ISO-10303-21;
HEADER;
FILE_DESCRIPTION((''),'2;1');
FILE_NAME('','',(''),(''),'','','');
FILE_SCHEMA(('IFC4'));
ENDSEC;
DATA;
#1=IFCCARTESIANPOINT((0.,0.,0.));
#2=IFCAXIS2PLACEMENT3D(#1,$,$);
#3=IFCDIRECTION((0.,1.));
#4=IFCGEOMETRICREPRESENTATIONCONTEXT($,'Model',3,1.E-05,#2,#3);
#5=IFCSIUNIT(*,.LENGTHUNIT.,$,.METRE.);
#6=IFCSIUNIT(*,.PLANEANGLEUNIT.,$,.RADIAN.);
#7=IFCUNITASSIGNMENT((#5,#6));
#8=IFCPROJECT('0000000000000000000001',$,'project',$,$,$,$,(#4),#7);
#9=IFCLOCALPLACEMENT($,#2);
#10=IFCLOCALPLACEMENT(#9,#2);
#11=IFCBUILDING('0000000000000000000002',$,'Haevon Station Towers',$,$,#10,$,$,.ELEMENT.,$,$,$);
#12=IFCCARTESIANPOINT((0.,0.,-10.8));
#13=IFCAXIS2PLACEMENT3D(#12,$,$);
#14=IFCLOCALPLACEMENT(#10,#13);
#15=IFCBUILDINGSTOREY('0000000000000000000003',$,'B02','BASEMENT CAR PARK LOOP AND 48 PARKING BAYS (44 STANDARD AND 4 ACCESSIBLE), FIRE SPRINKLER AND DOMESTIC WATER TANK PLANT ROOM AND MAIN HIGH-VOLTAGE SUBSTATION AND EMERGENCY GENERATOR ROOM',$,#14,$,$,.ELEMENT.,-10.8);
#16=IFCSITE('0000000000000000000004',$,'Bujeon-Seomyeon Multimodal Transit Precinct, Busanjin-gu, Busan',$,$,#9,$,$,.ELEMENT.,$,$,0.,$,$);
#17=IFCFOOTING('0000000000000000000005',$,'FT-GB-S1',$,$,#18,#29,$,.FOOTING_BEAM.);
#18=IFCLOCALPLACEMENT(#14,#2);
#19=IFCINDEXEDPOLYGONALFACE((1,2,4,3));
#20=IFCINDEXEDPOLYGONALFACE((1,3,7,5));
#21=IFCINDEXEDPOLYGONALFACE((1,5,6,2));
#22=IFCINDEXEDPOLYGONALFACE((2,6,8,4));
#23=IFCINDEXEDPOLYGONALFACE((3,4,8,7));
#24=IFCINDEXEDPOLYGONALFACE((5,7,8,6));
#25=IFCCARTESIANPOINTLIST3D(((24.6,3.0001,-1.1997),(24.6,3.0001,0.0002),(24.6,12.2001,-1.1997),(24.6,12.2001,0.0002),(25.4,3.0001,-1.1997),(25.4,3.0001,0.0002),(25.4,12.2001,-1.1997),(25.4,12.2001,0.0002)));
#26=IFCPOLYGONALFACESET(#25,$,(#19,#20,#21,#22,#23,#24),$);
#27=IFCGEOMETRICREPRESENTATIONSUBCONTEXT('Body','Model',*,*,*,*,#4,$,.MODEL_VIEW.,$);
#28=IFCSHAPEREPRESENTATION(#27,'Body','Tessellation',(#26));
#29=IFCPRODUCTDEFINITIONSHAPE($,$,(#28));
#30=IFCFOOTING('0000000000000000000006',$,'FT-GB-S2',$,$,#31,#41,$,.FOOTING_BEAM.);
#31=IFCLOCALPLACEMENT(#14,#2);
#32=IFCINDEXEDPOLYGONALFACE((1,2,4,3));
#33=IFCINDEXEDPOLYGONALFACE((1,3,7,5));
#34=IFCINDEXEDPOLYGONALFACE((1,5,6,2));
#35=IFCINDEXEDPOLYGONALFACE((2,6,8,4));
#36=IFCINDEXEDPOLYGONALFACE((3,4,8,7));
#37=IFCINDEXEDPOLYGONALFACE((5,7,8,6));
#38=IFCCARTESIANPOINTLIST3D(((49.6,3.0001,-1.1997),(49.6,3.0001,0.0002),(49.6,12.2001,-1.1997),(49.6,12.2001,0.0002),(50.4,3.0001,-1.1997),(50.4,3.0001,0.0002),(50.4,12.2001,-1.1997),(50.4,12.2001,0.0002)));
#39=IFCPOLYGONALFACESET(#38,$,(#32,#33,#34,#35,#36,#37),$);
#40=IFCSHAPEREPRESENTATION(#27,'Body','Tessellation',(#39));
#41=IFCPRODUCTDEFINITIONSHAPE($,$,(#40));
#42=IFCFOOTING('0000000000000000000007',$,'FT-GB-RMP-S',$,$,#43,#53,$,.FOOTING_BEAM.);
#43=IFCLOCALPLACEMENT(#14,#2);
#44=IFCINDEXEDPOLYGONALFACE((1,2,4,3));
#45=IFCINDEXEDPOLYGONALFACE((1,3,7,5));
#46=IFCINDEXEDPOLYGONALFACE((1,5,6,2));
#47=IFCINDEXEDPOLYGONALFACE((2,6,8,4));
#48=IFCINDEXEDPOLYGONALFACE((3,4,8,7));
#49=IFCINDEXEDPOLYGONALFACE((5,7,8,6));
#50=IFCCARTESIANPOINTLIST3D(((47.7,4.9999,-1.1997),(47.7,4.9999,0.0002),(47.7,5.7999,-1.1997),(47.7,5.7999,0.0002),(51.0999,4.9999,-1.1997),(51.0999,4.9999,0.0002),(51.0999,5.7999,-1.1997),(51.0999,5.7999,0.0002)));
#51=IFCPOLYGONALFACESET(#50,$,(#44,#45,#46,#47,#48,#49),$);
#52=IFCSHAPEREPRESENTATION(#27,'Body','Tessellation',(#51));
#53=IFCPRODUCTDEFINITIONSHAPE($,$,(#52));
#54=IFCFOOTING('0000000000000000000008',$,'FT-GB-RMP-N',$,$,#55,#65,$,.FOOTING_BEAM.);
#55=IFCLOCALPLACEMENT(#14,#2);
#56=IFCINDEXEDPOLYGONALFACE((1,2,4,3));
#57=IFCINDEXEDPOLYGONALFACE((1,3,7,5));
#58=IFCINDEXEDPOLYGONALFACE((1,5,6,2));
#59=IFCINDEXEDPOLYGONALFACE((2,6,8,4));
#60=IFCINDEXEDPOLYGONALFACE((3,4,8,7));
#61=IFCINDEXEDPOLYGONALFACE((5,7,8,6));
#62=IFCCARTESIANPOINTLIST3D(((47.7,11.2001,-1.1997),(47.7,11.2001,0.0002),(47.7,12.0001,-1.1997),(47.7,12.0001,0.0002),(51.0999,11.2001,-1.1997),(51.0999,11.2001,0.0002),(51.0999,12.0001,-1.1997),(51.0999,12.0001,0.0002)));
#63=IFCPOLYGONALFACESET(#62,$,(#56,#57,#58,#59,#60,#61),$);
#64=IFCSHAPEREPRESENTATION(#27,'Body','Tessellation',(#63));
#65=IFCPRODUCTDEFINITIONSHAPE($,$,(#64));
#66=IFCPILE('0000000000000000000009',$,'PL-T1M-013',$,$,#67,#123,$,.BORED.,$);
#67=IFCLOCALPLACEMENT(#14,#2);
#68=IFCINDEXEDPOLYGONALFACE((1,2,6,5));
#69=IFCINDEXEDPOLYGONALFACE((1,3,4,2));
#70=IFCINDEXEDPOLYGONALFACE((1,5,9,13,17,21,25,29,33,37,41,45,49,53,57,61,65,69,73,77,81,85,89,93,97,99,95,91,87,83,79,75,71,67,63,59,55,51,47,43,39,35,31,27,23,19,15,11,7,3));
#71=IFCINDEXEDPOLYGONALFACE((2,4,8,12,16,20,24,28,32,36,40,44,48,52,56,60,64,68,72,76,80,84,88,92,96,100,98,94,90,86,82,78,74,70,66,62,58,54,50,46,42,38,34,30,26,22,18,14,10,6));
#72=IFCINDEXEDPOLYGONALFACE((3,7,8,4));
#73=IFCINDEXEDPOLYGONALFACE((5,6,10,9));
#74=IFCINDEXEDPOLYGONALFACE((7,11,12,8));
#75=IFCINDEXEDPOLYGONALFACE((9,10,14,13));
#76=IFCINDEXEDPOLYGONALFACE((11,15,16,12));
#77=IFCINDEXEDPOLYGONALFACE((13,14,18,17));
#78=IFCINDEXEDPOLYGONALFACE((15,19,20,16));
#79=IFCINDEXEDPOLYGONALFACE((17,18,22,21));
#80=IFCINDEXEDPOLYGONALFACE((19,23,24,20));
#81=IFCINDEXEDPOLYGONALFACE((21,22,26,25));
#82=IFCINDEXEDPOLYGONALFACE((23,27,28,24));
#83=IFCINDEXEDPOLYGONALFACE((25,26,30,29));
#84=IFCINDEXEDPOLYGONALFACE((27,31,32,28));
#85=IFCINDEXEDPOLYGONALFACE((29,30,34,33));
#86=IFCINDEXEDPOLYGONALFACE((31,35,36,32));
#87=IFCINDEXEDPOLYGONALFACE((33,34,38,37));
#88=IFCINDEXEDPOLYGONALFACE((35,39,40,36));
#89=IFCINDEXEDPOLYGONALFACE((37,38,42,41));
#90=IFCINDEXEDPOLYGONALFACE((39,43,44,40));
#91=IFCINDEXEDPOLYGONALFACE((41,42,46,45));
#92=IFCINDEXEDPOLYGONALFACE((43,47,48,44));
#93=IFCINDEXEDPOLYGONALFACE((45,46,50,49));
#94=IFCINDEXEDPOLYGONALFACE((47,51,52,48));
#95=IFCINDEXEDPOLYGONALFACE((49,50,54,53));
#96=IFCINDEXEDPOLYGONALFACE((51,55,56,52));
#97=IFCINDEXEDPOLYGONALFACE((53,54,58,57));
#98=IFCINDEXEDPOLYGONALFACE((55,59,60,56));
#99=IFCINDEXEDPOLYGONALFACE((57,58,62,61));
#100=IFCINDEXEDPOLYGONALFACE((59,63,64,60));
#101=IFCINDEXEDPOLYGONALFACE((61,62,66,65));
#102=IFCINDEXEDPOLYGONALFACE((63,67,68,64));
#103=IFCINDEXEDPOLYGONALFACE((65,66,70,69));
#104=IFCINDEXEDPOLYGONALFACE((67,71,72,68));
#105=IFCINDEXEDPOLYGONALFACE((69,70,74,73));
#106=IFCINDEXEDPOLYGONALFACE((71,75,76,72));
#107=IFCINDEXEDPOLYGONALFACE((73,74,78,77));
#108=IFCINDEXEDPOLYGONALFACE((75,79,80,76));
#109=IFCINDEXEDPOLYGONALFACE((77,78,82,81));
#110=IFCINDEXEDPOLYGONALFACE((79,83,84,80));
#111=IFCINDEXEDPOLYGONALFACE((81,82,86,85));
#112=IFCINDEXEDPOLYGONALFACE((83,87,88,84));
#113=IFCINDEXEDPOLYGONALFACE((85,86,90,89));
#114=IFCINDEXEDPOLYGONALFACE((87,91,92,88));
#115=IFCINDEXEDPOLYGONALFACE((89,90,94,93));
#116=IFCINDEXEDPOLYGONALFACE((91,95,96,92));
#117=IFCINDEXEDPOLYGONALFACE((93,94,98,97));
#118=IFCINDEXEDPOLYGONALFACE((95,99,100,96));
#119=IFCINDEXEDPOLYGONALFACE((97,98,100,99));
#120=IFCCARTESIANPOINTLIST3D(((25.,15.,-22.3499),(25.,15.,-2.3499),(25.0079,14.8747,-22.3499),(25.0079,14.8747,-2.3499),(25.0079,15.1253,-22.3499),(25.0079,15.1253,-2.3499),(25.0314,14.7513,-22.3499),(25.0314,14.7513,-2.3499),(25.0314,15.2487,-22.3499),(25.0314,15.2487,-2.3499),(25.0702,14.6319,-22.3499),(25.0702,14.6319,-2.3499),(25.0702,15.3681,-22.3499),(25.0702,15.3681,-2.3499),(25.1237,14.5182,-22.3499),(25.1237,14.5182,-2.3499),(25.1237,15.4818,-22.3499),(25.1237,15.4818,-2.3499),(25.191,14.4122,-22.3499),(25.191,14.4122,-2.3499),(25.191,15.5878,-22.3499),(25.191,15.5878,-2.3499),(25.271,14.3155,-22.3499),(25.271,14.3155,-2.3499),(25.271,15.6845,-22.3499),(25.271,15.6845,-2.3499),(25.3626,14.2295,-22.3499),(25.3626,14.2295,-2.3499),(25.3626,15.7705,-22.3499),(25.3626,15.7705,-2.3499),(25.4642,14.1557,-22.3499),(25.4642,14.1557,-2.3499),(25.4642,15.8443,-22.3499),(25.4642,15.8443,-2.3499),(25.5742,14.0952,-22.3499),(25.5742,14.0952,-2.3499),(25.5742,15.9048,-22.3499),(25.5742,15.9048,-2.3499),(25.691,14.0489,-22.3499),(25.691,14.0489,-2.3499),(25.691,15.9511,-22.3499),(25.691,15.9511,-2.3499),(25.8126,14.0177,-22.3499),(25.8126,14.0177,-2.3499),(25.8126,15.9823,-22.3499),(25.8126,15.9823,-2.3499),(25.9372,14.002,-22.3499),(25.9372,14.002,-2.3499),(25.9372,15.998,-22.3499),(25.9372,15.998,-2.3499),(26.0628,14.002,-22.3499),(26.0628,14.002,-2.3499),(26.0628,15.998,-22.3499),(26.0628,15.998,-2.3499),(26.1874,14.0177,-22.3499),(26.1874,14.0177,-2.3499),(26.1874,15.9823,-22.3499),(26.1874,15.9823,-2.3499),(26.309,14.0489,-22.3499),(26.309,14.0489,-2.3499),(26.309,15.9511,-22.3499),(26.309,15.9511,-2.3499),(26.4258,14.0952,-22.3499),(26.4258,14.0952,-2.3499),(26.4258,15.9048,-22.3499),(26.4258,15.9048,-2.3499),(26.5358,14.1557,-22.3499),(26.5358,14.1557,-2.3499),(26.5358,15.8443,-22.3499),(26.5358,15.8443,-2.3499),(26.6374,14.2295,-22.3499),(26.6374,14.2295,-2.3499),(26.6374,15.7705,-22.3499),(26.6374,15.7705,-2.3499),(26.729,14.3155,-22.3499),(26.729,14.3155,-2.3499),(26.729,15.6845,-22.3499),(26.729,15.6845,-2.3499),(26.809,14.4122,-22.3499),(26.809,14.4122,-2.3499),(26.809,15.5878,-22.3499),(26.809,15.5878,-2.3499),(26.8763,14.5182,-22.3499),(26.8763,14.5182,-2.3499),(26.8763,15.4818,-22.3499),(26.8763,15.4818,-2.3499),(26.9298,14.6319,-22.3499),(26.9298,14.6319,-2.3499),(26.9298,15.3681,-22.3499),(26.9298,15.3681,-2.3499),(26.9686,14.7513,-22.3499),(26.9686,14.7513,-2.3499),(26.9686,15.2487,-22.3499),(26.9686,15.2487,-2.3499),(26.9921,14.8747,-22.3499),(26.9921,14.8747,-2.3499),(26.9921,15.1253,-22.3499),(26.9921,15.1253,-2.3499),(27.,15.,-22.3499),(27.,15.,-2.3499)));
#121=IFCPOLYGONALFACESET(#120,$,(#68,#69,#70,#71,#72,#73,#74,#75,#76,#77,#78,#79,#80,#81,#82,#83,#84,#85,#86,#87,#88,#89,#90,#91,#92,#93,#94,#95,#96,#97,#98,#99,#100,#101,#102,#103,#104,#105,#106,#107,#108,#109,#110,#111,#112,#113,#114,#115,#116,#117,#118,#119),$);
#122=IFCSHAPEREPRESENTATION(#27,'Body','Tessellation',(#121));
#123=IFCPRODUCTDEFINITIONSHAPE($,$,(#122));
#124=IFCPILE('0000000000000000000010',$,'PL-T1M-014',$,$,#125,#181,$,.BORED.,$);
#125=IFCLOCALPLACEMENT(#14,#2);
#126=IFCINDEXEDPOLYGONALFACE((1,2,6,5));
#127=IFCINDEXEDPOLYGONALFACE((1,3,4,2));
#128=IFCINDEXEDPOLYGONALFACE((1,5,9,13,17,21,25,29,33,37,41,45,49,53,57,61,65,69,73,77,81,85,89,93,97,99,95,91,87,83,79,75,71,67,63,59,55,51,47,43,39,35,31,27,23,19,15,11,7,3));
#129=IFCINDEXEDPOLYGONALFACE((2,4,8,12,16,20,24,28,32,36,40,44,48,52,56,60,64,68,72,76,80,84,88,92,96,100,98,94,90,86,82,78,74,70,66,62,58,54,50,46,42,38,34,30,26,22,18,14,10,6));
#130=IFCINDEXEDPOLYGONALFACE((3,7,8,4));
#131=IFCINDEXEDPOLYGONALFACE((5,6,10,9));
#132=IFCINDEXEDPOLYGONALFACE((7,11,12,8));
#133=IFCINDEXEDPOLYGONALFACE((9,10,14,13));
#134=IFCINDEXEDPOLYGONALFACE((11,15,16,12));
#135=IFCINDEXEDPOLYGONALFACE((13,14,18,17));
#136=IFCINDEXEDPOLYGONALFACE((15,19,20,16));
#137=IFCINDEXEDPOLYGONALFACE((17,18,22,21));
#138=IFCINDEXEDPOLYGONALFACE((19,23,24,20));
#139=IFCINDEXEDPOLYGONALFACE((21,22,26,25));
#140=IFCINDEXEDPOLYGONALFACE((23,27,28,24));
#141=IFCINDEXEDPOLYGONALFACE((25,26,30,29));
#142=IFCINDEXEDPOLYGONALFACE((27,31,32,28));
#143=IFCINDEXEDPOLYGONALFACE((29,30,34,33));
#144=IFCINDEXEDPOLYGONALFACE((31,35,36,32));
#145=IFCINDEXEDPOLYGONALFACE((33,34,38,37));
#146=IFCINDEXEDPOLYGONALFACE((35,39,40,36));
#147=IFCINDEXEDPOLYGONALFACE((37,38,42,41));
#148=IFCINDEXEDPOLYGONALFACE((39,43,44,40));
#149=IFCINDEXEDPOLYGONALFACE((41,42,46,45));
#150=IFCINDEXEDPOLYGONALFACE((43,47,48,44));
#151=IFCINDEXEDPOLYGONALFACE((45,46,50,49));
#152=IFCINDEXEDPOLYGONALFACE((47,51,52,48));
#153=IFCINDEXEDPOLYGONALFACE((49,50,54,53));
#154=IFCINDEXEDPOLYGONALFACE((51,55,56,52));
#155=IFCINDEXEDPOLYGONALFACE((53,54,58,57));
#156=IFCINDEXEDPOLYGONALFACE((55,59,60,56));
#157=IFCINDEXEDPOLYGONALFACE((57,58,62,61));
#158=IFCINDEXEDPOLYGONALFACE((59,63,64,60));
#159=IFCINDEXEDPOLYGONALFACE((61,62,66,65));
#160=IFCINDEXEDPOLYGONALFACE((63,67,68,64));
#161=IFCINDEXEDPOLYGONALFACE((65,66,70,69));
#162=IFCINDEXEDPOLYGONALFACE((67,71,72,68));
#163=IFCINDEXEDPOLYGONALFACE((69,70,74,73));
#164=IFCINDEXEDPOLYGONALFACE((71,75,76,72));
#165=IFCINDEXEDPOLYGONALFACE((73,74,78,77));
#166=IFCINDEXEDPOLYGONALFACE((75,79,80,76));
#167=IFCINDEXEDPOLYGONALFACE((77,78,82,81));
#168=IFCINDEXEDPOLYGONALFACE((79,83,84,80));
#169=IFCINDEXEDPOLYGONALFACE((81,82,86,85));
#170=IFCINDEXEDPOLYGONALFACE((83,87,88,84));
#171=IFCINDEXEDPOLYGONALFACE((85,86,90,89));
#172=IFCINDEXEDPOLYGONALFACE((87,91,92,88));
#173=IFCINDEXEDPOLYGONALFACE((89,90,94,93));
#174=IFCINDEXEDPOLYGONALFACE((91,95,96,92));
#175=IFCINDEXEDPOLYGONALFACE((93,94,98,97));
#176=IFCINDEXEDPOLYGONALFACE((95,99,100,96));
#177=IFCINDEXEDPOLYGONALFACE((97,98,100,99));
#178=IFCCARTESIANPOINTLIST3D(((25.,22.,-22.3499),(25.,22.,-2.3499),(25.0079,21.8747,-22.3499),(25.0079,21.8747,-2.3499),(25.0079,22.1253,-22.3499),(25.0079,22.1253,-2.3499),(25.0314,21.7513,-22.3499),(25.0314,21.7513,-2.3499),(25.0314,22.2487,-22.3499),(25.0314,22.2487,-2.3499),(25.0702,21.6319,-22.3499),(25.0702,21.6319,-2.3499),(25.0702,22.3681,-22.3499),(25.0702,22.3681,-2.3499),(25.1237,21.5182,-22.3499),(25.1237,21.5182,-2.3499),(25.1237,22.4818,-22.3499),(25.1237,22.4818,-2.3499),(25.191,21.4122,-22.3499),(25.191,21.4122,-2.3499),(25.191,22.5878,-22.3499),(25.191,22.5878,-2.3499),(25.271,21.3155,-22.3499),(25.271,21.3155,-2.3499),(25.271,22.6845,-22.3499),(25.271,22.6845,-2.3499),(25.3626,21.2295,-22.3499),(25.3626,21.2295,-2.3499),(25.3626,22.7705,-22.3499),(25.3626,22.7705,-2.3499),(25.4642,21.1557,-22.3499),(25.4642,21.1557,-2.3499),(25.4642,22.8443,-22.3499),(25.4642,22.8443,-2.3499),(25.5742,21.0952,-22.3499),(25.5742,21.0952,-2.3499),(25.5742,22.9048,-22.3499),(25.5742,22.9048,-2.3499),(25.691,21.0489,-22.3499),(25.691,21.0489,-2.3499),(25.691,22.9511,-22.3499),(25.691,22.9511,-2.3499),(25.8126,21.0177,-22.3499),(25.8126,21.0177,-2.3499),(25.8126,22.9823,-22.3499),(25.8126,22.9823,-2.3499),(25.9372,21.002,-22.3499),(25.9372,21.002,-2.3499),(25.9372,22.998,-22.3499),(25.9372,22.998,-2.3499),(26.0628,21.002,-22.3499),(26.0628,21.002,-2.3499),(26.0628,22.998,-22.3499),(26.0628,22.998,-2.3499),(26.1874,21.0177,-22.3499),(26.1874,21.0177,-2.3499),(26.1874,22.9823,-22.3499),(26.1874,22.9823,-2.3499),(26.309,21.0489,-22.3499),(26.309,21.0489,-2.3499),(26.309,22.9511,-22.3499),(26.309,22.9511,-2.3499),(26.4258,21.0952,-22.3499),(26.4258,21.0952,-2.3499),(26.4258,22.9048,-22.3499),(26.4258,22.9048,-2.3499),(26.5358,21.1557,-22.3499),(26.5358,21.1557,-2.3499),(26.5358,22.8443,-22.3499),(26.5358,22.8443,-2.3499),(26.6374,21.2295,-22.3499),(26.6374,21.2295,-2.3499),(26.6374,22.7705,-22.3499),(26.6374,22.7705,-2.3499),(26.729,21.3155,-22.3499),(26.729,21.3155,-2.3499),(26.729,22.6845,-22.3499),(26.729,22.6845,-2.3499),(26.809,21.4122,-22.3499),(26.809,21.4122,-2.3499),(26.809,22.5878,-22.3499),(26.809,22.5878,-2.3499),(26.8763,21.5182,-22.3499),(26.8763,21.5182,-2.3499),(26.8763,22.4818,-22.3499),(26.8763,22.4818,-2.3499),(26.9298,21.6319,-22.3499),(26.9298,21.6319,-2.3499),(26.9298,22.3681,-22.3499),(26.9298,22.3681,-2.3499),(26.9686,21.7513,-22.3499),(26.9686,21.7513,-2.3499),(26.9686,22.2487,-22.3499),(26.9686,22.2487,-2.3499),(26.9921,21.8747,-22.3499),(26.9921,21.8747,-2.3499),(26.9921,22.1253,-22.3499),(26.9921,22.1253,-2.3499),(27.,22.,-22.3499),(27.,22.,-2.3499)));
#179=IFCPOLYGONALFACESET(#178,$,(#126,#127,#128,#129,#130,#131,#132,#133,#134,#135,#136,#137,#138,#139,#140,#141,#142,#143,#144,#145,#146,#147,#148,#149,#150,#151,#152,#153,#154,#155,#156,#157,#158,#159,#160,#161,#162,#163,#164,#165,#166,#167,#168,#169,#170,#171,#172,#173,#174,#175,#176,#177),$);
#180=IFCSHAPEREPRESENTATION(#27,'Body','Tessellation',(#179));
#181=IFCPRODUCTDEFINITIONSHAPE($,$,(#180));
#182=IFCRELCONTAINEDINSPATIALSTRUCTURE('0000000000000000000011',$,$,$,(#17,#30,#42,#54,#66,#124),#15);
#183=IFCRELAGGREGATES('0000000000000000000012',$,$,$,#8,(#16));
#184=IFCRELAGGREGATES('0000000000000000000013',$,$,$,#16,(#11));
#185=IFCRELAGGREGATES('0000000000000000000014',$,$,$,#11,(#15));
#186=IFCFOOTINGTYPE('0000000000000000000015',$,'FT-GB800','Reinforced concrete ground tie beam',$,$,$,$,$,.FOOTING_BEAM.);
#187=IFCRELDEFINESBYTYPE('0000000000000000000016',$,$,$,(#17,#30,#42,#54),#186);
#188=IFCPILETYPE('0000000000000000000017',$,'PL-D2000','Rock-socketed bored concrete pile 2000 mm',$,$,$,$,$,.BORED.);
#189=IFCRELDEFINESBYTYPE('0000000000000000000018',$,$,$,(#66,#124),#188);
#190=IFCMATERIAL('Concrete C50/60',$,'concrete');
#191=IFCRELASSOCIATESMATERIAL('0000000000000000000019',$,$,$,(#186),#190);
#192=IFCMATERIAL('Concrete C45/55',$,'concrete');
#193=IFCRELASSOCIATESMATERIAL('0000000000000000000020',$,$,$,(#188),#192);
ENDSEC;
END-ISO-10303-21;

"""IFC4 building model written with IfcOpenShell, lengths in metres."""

from ifc_helpers import new_model, si_unit, direction, frame, origin, origin_2d, place, context, subcontext, project, spatial, rectangle, circle, extrude, material, material_profile, profile_set, type_object, element, save


model = new_model("IFC4")

# Units and contexts
model_context = context("Model", 3, precision=1e-05, world=origin(), true_north=direction((0.0, 1.0)))
body_context = subcontext(model_context, "Body", "Model", "MODEL_VIEW")
ifc_project = project(units=[si_unit("LENGTHUNIT", "METRE"), si_unit("PLANEANGLEUNIT", "RADIAN")], contexts=[model_context])

# Site, building, storey
site_placement = place(None, origin())
site = spatial("IfcSite", under=ifc_project, at=site_placement, Name="Bujeon-Seomyeon Multimodal Transit Precinct, Busanjin-gu, Busan", CompositionType="ELEMENT", RefElevation=0.0)
building_placement = place(site_placement, origin())
building = spatial("IfcBuilding", under=site, at=building_placement, Name="Haevon Station Towers", CompositionType="ELEMENT")
storey_placement = place(building_placement, frame((0.0, 0.0, -10.8)))
storey = spatial("IfcBuildingStorey", under=building, at=storey_placement, Name="B02", Description="BASEMENT CAR PARK LOOP AND 48 PARKING BAYS (44 STANDARD AND 4 ACCESSIBLE), FIRE SPRINKLER AND DOMESTIC WATER TANK PLANT ROOM AND MAIN HIGH-VOLTAGE SUBSTATION AND EMERGENCY GENERATOR ROOM", CompositionType="ELEMENT", Elevation=-10.8)

# Footings
ifc_material_1 = material(Name="Concrete C50/60", Category="concrete")
footing_type = type_object("IfcFootingType", Name="FT-GB800", Description="Reinforced concrete ground tie beam", PredefinedType="FOOTING_BEAM", material=ifc_material_1)
for number, where, z_axis, x_axis, name in (
    (1, (25.0, 7.6001, -1.1997), (0.0, 0.0, 1.0), (0.0, 1.0, 0.0), "FT-GB-S1"),
    (2, (50.0, 7.6001, -1.1997), (0.0, 0.0, 1.0), (0.0, 1.0, 0.0), "FT-GB-S2"),
):
    element("IfcFooting", number, at=place(storey_placement, frame(where, z_axis=z_axis, x_axis=x_axis)), inside=storey, type_object=footing_type, Name=name, PredefinedType="FOOTING_BEAM", context=body_context, shape_type="SweptSolid", body=[
        extrude(rectangle(XDim=9.2, YDim=0.8, at=origin_2d()), origin(), (0.0, 0.0, 1.0), 1.2),
    ])
for number, where, z_axis, x_axis, name in (
    (3, (49.3999, 5.3999, -1.1997), (0.0, 0.0, 1.0), (1.0, 0.0, 0.0), "FT-GB-RMP-S"),
    (4, (49.3999, 11.6001, -1.1997), (0.0, 0.0, 1.0), (1.0, 0.0, 0.0), "FT-GB-RMP-N"),
):
    element("IfcFooting", number, at=place(storey_placement, frame(where, z_axis=z_axis, x_axis=x_axis)), inside=storey, type_object=footing_type, Name=name, PredefinedType="FOOTING_BEAM", context=body_context, shape_type="SweptSolid", body=[
        extrude(rectangle(XDim=3.3999, YDim=0.8, at=origin_2d()), origin(), (0.0, 0.0, 1.0), 1.2),
    ])

# Piles
ifc_material_2 = material(Name="Concrete C45/55", Category="concrete")
ifc_material_profile_1 = material_profile(ifc_material_2, circle(Radius=1.0, at=origin_2d()), Name="PILE-D2000")
ifc_profile_set_1 = profile_set([ifc_material_profile_1], Name="Concrete C45/55")
pile_type = type_object("IfcPileType", Name="PL-D2000", Description="Rock-socketed bored concrete pile 2000 mm", PredefinedType="BORED", material=ifc_profile_set_1)
for number, where, z_axis, x_axis, name in (
    (5, (26.0, 15.0, -2.3499), (0.0, 0.0, -1.0), (1.0, 0.0, 0.0), "PL-T1M-013"),
    (6, (26.0, 22.0, -2.3499), (0.0, 0.0, -1.0), (1.0, 0.0, 0.0), "PL-T1M-014"),
):
    element("IfcPile", number, at=place(storey_placement, frame(where, z_axis=z_axis, x_axis=x_axis)), inside=storey, type_object=pile_type, Name=name, PredefinedType="BORED", context=body_context, shape_type="SweptSolid", body=[
        extrude(circle(Radius=1.0, at=origin_2d()), origin(), (0.0, 0.0, 1.0), 20.0),
    ])

save(model, "model.ifc")
